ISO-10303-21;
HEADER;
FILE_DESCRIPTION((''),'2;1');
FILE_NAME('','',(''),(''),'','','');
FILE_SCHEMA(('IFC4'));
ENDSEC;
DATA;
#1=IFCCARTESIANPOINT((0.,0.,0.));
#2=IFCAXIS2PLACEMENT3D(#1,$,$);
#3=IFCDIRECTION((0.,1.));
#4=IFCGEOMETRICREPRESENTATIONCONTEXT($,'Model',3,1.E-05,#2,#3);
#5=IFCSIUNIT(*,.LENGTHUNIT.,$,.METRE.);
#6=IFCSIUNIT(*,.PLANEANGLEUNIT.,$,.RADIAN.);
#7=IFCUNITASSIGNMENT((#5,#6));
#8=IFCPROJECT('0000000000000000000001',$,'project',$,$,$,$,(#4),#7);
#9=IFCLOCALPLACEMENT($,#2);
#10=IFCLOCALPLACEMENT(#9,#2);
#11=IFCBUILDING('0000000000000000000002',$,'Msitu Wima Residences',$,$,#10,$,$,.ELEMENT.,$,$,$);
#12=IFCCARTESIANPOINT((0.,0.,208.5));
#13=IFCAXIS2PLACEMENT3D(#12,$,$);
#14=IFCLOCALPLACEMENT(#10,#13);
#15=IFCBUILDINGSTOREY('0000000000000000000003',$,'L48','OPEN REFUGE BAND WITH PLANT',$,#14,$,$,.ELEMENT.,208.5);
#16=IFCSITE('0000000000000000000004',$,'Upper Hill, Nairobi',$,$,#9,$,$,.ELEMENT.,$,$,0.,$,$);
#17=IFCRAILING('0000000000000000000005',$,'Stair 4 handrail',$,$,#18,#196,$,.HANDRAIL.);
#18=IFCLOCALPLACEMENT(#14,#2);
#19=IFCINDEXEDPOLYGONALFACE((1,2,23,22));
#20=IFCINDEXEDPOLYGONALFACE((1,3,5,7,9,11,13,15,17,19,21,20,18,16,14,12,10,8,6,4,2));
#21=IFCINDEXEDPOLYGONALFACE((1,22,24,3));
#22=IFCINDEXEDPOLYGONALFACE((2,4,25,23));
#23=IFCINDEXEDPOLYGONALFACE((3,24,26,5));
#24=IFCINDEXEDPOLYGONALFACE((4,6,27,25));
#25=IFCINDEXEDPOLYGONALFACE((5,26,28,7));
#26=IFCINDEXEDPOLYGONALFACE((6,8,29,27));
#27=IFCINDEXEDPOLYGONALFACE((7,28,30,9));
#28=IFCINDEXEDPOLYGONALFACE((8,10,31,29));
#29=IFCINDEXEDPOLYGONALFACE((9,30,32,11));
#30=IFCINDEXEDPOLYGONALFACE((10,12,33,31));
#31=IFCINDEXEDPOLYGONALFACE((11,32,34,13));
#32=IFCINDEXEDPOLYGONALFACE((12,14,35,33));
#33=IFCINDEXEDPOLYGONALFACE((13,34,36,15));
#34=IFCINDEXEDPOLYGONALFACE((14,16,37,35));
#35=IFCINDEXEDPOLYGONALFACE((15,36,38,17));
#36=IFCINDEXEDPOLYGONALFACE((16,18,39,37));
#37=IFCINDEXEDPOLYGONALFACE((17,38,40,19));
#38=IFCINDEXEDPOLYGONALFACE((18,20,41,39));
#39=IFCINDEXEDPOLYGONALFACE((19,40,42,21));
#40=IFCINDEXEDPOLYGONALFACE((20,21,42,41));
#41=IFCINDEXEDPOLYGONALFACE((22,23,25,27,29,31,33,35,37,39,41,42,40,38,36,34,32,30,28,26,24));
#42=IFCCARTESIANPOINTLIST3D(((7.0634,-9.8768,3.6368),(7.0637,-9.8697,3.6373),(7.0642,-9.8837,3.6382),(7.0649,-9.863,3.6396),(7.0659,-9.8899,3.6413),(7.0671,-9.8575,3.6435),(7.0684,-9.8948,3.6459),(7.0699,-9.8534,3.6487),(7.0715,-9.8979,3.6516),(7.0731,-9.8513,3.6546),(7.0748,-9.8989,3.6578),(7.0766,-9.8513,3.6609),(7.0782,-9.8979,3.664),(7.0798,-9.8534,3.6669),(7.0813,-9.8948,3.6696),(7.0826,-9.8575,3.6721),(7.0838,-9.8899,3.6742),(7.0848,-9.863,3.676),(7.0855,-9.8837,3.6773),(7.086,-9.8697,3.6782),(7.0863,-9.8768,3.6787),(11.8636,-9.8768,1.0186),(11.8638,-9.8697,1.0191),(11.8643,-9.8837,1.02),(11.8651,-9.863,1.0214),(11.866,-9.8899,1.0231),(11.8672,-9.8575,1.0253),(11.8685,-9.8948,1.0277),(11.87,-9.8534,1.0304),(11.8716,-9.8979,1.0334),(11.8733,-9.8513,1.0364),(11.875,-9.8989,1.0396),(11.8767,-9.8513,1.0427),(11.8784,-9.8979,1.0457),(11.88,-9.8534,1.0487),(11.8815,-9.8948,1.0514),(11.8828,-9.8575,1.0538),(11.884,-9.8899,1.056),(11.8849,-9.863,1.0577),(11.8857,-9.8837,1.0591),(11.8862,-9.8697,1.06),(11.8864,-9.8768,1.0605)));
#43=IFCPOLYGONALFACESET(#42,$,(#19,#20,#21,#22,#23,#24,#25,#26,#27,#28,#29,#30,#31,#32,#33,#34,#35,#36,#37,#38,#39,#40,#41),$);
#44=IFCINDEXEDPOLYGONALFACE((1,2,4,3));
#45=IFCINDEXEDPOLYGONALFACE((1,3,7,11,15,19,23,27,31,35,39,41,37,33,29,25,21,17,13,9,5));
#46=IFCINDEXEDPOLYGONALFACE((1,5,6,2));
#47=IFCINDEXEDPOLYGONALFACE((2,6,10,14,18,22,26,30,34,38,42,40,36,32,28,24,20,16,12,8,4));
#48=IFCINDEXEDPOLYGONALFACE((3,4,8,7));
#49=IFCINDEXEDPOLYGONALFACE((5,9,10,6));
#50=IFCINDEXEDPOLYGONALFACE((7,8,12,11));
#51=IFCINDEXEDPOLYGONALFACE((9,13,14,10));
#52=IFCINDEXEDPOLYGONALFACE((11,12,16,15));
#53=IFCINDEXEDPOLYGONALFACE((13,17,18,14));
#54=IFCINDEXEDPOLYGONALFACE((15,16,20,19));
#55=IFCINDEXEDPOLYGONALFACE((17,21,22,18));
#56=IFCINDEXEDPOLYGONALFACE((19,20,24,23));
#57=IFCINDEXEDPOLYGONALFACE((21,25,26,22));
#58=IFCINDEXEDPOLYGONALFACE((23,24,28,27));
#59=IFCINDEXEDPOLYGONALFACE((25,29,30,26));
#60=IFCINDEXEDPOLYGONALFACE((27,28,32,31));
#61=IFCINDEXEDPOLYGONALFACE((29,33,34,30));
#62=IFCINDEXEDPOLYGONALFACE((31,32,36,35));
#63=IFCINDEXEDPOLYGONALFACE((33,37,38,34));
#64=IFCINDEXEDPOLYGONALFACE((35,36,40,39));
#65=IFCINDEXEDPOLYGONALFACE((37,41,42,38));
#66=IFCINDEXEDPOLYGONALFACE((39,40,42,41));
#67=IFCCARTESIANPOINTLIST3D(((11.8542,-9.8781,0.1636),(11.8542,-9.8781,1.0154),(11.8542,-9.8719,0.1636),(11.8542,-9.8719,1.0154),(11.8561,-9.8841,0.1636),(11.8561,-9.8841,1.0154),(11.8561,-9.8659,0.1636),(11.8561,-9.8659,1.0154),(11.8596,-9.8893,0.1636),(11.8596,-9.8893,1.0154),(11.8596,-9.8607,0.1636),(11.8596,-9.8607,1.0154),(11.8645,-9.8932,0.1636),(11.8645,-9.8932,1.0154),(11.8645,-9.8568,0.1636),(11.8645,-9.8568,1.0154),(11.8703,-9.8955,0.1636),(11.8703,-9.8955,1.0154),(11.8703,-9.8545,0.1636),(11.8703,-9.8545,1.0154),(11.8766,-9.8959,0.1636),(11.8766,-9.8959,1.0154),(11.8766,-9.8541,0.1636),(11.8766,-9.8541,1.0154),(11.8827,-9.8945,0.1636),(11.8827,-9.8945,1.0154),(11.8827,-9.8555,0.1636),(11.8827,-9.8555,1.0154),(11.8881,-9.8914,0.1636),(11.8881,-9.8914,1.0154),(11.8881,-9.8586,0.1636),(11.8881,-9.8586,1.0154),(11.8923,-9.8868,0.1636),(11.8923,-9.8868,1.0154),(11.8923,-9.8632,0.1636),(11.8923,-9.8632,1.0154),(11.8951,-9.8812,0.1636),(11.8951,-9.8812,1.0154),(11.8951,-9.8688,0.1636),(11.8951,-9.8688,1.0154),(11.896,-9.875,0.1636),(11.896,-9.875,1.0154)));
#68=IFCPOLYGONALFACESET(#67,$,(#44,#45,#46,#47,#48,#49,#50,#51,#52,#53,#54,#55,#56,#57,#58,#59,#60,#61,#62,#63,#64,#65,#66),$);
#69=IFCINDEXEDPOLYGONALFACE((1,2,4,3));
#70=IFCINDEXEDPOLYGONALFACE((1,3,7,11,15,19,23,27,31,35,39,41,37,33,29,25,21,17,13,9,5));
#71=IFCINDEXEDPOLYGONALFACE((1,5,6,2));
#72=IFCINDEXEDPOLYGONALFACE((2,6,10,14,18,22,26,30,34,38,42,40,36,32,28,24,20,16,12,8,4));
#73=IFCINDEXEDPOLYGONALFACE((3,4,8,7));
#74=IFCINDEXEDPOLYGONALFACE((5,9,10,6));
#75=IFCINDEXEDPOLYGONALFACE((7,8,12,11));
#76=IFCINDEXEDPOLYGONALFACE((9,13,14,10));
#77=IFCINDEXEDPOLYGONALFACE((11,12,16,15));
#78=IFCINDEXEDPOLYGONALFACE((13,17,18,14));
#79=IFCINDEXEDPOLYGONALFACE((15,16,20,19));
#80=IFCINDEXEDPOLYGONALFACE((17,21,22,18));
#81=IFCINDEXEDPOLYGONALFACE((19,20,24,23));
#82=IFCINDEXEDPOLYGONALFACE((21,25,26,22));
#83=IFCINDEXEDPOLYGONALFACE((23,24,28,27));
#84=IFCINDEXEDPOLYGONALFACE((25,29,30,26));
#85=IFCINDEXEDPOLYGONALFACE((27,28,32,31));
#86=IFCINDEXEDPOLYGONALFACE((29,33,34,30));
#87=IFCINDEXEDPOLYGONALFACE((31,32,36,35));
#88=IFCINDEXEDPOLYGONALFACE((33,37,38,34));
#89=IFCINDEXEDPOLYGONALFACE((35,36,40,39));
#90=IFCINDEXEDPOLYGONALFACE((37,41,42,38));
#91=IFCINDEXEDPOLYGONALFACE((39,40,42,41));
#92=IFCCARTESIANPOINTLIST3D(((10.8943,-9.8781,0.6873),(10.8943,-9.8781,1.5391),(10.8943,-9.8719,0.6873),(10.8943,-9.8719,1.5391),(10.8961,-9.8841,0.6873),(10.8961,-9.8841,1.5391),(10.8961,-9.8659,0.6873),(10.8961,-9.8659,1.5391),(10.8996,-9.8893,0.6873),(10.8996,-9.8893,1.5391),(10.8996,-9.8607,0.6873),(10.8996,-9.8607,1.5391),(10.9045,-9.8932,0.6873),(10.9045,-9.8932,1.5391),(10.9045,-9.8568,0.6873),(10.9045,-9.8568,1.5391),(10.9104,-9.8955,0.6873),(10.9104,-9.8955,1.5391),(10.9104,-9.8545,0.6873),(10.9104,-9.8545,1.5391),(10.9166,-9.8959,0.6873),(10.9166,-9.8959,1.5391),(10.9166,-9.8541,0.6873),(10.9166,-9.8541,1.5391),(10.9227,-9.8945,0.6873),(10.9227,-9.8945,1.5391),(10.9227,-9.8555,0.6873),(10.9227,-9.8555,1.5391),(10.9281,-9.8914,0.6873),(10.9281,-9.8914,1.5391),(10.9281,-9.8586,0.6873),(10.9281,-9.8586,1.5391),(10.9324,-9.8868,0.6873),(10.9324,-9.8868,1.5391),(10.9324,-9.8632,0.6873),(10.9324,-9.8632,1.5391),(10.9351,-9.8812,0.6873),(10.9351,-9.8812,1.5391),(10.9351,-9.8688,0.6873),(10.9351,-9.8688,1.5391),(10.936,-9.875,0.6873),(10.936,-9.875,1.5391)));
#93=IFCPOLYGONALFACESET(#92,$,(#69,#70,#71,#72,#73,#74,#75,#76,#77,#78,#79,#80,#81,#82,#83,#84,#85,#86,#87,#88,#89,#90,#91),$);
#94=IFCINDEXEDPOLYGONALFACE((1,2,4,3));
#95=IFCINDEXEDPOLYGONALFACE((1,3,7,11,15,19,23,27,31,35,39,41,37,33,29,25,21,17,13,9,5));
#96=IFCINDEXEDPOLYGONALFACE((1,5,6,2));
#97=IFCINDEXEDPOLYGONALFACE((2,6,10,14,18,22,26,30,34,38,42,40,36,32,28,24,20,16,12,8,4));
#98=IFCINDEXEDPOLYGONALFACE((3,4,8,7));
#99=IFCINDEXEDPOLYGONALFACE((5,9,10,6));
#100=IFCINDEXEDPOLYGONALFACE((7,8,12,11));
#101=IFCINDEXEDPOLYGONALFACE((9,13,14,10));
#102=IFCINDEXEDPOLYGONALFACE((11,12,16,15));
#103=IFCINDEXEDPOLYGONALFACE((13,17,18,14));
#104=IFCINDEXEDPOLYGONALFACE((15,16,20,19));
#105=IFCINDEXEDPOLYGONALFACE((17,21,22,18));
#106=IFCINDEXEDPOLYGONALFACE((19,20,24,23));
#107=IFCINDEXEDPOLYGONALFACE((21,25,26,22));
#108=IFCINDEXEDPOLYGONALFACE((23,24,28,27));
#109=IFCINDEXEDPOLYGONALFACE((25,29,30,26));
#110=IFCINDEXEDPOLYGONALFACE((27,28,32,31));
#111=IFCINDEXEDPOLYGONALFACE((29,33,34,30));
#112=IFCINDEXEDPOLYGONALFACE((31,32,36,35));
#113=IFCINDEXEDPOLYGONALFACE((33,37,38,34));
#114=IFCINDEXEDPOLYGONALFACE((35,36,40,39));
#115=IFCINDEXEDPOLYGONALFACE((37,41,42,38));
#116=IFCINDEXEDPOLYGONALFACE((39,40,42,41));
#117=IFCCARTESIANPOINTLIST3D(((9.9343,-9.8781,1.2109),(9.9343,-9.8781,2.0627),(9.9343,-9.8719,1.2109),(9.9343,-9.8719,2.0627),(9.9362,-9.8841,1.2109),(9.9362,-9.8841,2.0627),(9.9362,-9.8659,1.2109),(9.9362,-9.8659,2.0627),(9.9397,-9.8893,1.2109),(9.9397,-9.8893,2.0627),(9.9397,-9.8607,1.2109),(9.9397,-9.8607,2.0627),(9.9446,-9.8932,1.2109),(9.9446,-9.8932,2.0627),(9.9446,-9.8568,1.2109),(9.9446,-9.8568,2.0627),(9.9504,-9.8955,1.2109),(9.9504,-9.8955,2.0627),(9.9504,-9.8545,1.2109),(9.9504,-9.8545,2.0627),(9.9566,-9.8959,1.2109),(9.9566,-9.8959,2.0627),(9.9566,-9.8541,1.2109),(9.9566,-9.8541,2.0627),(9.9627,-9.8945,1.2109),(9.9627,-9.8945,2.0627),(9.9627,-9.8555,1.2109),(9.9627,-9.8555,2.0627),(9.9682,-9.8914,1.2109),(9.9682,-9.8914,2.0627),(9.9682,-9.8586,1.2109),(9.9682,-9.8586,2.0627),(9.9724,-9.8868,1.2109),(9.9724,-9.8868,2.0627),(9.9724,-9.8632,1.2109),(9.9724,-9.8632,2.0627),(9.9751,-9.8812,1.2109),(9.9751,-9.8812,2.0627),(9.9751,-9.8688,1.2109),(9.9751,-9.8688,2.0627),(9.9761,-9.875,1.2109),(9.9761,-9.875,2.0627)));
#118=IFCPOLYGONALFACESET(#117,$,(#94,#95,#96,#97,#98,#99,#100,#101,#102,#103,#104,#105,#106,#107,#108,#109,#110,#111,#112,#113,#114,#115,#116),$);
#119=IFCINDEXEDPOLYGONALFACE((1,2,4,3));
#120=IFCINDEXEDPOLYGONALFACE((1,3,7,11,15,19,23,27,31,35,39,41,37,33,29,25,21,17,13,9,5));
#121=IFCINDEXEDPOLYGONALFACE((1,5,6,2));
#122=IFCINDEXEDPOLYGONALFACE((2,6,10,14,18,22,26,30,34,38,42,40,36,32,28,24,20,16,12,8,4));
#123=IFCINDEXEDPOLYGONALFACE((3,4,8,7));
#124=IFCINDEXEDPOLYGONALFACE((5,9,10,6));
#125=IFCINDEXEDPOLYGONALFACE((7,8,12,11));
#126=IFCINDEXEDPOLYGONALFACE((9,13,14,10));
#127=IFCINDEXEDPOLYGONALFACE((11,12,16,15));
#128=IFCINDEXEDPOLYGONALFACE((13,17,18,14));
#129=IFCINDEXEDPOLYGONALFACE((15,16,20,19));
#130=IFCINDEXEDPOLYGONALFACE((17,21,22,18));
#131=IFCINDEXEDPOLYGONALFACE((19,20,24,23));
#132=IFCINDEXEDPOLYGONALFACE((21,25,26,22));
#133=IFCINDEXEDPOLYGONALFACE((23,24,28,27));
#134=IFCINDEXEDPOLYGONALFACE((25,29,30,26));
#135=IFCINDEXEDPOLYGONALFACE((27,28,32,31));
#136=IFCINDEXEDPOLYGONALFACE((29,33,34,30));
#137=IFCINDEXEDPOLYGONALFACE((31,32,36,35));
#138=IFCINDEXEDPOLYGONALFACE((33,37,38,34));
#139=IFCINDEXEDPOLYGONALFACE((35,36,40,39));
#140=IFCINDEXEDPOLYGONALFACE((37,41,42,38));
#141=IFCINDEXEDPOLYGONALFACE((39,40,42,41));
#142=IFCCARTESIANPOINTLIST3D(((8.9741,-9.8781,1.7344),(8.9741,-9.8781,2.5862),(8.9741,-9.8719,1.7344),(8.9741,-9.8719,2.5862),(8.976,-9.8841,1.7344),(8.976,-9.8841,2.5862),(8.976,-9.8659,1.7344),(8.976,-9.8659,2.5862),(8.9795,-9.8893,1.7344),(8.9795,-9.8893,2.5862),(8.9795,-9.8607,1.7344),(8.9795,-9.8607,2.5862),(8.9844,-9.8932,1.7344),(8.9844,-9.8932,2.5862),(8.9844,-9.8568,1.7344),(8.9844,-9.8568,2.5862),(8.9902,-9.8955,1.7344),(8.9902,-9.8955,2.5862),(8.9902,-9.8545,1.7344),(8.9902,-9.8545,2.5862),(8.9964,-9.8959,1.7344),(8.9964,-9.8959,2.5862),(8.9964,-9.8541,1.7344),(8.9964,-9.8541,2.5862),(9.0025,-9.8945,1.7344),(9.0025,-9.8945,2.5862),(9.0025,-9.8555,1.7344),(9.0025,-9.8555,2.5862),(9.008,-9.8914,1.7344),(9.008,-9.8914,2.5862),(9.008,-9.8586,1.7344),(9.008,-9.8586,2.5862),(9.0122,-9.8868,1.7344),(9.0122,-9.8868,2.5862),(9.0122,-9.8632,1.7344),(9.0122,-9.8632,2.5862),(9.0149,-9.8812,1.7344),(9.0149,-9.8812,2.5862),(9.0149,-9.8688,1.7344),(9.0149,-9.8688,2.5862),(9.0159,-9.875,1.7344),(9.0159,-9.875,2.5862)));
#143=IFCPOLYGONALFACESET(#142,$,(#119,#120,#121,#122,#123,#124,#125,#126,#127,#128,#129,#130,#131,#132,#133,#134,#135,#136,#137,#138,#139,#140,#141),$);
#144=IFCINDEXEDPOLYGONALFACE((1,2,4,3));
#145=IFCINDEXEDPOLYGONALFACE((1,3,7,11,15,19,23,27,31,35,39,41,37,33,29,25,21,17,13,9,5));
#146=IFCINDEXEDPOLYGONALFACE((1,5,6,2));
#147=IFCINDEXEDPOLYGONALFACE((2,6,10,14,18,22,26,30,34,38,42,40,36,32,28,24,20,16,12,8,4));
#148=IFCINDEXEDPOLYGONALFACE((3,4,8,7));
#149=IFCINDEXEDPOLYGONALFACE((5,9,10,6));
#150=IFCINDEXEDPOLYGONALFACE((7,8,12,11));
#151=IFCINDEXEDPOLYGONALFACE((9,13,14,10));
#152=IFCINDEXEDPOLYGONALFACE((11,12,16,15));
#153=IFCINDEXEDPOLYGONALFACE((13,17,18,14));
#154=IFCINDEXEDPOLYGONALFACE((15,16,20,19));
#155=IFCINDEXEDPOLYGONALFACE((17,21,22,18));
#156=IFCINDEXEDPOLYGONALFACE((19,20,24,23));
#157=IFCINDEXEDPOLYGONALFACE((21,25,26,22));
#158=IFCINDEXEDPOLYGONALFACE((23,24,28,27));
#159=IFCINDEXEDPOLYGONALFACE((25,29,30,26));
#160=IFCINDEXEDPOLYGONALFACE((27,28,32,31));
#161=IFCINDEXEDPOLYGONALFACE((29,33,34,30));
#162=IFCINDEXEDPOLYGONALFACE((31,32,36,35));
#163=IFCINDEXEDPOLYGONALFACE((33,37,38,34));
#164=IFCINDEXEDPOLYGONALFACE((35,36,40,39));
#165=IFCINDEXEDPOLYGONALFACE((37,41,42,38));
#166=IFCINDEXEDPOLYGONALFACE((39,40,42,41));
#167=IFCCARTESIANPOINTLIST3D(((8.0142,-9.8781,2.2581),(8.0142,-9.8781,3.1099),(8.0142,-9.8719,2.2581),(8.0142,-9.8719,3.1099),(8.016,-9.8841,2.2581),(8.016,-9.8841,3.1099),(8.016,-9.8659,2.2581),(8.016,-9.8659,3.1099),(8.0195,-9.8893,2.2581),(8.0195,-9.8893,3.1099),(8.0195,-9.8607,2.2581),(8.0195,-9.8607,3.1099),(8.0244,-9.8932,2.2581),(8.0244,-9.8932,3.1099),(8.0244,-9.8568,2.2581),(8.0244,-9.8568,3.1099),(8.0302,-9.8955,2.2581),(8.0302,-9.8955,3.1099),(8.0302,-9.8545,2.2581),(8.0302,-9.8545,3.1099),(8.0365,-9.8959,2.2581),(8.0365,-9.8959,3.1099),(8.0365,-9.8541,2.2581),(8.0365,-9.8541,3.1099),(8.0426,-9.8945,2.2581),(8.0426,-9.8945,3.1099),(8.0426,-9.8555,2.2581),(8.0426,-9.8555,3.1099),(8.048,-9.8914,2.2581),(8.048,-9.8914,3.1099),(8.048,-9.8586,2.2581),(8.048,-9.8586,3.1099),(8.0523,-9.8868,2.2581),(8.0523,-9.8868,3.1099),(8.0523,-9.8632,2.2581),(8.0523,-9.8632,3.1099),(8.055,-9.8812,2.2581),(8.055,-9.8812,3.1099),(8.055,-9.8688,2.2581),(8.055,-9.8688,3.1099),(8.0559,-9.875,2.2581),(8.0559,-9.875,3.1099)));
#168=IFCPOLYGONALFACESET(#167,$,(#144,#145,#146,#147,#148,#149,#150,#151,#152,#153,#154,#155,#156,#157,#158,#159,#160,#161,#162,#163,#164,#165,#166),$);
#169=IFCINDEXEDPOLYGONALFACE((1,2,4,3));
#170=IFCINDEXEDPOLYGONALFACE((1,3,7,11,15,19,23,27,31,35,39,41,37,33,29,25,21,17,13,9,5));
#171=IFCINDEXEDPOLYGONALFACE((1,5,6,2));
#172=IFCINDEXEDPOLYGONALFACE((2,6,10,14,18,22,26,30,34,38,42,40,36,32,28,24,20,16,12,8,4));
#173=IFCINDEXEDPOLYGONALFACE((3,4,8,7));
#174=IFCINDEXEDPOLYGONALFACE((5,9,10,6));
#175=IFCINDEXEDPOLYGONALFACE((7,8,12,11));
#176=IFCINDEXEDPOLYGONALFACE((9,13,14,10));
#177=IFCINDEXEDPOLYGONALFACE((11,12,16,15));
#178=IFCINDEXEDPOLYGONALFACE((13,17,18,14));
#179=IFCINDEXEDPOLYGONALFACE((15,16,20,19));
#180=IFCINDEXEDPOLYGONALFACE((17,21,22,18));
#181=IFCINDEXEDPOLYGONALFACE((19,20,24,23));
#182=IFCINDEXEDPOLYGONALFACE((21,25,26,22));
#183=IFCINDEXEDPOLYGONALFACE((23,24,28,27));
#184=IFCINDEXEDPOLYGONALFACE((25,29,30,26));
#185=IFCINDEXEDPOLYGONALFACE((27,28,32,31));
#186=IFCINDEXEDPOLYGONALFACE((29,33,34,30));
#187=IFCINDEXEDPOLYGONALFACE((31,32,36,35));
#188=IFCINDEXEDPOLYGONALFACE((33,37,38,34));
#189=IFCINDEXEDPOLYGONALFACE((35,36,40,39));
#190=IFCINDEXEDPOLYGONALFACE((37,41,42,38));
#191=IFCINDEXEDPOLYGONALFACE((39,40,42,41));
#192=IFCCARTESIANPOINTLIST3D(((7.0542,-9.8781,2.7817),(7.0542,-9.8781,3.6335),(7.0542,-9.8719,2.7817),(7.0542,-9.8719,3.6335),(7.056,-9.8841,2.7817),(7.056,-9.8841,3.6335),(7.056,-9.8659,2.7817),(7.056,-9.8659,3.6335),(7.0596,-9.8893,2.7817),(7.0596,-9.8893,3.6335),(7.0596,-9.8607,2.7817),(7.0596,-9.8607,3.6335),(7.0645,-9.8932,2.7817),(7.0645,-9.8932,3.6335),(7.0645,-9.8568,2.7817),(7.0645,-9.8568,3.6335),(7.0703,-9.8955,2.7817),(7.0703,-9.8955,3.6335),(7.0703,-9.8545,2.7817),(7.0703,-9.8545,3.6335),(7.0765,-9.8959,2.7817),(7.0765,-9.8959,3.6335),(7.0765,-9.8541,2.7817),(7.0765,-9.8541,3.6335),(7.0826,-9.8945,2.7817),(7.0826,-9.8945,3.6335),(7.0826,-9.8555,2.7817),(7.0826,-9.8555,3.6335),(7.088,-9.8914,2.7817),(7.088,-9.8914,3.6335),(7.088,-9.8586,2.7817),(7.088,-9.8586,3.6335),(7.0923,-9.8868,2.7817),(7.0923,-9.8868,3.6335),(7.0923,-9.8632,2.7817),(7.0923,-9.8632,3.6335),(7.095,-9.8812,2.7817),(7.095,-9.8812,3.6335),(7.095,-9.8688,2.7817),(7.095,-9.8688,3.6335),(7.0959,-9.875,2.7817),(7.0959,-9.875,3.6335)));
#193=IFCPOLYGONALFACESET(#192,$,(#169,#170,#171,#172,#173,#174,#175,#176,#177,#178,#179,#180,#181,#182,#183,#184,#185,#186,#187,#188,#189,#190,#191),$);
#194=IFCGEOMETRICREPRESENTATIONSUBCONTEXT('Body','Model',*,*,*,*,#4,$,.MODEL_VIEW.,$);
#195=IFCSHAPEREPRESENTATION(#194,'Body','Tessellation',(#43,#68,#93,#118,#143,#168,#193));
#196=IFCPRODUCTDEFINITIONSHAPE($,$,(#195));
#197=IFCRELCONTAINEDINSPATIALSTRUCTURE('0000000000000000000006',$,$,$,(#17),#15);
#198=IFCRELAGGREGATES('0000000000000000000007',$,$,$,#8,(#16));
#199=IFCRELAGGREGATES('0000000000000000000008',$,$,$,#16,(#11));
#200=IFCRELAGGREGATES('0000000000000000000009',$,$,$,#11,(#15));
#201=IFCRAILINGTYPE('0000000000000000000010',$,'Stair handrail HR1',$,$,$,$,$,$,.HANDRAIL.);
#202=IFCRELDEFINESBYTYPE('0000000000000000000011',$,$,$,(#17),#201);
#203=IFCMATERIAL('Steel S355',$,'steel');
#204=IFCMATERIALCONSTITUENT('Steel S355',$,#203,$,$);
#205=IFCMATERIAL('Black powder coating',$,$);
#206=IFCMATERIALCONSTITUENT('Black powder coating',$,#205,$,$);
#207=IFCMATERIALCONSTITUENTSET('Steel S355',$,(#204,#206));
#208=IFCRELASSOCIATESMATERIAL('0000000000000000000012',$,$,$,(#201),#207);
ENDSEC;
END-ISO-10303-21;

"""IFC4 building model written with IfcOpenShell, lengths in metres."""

from ifc_helpers import new_model, si_unit, direction, frame, origin, origin_2d, place, context, subcontext, project, spatial, circle, extrude, material, constituent, constituent_set, type_object, element, save


model = new_model("IFC4")

# Units and contexts
model_context = context("Model", 3, precision=1e-05, world=origin(), true_north=direction((0.0, 1.0)))
body_context = subcontext(model_context, "Body", "Model", "MODEL_VIEW")
ifc_project = project(units=[si_unit("LENGTHUNIT", "METRE"), si_unit("PLANEANGLEUNIT", "RADIAN")], contexts=[model_context])

# Site, building, storey
site_placement = place(None, origin())
site = spatial("IfcSite", under=ifc_project, at=site_placement, Name="Upper Hill, Nairobi", CompositionType="ELEMENT", RefElevation=0.0)
building_placement = place(site_placement, origin())
building = spatial("IfcBuilding", under=site, at=building_placement, Name="Msitu Wima Residences", CompositionType="ELEMENT")
storey_placement = place(building_placement, frame((0.0, 0.0, 208.5)))
storey = spatial("IfcBuildingStorey", under=building, at=storey_placement, Name="L48", Description="OPEN REFUGE BAND WITH PLANT", CompositionType="ELEMENT", Elevation=208.5)

# Railing
ifc_material_1 = material(Name="Steel S355", Category="steel")
ifc_constituent_1 = constituent(ifc_material_1, Name="Steel S355")
ifc_material_2 = material(Name="Black powder coating")
ifc_constituent_2 = constituent(ifc_material_2, Name="Black powder coating")
ifc_constituent_set_1 = constituent_set(constituents=[ifc_constituent_1, ifc_constituent_2], Name="Steel S355")
railing_type_1 = type_object("IfcRailingType", Name="Stair handrail HR1", PredefinedType="HANDRAIL", material=ifc_constituent_set_1)
for number, where, name in (
    (1, (11.875, -9.875, 0.1636), "Stair 4 handrail"),
):
    element("IfcRailing", number, at=place(storey_placement, frame(where)), inside=storey, type_object=railing_type_1, Name=name, PredefinedType="HANDRAIL", context=body_context, shape_type="SweptSolid", body=[
        extrude(circle(Radius=0.0239, at=origin_2d()), frame((0.0, 0.0, 0.876), z_axis=(-0.877899, 0.0, 0.478846), x_axis=(0.0, -1.0, 0.0)), (0.0, 0.0, 1.0), 5.4678),
        extrude(circle(Radius=0.021, at=origin_2d()), origin(), (0.0, 0.0, 1.0), 0.8518),
        extrude(circle(Radius=0.021, at=origin_2d()), frame((-0.96, 0.0, 0.5237)), (0.0, 0.0, 1.0), 0.8518),
        extrude(circle(Radius=0.021, at=origin_2d()), frame((-1.9199, 0.0, 1.0474)), (0.0, 0.0, 1.0), 0.8518),
        extrude(circle(Radius=0.021, at=origin_2d()), frame((-2.8801, 0.0, 1.5708)), (0.0, 0.0, 1.0), 0.8518),
        extrude(circle(Radius=0.021, at=origin_2d()), frame((-3.8401, 0.0, 2.0945)), (0.0, 0.0, 1.0), 0.8518),
        extrude(circle(Radius=0.021, at=origin_2d()), frame((-4.8, 0.0, 2.6182)), (0.0, 0.0, 1.0), 0.8518),
    ])

save(model, "model.ifc")
